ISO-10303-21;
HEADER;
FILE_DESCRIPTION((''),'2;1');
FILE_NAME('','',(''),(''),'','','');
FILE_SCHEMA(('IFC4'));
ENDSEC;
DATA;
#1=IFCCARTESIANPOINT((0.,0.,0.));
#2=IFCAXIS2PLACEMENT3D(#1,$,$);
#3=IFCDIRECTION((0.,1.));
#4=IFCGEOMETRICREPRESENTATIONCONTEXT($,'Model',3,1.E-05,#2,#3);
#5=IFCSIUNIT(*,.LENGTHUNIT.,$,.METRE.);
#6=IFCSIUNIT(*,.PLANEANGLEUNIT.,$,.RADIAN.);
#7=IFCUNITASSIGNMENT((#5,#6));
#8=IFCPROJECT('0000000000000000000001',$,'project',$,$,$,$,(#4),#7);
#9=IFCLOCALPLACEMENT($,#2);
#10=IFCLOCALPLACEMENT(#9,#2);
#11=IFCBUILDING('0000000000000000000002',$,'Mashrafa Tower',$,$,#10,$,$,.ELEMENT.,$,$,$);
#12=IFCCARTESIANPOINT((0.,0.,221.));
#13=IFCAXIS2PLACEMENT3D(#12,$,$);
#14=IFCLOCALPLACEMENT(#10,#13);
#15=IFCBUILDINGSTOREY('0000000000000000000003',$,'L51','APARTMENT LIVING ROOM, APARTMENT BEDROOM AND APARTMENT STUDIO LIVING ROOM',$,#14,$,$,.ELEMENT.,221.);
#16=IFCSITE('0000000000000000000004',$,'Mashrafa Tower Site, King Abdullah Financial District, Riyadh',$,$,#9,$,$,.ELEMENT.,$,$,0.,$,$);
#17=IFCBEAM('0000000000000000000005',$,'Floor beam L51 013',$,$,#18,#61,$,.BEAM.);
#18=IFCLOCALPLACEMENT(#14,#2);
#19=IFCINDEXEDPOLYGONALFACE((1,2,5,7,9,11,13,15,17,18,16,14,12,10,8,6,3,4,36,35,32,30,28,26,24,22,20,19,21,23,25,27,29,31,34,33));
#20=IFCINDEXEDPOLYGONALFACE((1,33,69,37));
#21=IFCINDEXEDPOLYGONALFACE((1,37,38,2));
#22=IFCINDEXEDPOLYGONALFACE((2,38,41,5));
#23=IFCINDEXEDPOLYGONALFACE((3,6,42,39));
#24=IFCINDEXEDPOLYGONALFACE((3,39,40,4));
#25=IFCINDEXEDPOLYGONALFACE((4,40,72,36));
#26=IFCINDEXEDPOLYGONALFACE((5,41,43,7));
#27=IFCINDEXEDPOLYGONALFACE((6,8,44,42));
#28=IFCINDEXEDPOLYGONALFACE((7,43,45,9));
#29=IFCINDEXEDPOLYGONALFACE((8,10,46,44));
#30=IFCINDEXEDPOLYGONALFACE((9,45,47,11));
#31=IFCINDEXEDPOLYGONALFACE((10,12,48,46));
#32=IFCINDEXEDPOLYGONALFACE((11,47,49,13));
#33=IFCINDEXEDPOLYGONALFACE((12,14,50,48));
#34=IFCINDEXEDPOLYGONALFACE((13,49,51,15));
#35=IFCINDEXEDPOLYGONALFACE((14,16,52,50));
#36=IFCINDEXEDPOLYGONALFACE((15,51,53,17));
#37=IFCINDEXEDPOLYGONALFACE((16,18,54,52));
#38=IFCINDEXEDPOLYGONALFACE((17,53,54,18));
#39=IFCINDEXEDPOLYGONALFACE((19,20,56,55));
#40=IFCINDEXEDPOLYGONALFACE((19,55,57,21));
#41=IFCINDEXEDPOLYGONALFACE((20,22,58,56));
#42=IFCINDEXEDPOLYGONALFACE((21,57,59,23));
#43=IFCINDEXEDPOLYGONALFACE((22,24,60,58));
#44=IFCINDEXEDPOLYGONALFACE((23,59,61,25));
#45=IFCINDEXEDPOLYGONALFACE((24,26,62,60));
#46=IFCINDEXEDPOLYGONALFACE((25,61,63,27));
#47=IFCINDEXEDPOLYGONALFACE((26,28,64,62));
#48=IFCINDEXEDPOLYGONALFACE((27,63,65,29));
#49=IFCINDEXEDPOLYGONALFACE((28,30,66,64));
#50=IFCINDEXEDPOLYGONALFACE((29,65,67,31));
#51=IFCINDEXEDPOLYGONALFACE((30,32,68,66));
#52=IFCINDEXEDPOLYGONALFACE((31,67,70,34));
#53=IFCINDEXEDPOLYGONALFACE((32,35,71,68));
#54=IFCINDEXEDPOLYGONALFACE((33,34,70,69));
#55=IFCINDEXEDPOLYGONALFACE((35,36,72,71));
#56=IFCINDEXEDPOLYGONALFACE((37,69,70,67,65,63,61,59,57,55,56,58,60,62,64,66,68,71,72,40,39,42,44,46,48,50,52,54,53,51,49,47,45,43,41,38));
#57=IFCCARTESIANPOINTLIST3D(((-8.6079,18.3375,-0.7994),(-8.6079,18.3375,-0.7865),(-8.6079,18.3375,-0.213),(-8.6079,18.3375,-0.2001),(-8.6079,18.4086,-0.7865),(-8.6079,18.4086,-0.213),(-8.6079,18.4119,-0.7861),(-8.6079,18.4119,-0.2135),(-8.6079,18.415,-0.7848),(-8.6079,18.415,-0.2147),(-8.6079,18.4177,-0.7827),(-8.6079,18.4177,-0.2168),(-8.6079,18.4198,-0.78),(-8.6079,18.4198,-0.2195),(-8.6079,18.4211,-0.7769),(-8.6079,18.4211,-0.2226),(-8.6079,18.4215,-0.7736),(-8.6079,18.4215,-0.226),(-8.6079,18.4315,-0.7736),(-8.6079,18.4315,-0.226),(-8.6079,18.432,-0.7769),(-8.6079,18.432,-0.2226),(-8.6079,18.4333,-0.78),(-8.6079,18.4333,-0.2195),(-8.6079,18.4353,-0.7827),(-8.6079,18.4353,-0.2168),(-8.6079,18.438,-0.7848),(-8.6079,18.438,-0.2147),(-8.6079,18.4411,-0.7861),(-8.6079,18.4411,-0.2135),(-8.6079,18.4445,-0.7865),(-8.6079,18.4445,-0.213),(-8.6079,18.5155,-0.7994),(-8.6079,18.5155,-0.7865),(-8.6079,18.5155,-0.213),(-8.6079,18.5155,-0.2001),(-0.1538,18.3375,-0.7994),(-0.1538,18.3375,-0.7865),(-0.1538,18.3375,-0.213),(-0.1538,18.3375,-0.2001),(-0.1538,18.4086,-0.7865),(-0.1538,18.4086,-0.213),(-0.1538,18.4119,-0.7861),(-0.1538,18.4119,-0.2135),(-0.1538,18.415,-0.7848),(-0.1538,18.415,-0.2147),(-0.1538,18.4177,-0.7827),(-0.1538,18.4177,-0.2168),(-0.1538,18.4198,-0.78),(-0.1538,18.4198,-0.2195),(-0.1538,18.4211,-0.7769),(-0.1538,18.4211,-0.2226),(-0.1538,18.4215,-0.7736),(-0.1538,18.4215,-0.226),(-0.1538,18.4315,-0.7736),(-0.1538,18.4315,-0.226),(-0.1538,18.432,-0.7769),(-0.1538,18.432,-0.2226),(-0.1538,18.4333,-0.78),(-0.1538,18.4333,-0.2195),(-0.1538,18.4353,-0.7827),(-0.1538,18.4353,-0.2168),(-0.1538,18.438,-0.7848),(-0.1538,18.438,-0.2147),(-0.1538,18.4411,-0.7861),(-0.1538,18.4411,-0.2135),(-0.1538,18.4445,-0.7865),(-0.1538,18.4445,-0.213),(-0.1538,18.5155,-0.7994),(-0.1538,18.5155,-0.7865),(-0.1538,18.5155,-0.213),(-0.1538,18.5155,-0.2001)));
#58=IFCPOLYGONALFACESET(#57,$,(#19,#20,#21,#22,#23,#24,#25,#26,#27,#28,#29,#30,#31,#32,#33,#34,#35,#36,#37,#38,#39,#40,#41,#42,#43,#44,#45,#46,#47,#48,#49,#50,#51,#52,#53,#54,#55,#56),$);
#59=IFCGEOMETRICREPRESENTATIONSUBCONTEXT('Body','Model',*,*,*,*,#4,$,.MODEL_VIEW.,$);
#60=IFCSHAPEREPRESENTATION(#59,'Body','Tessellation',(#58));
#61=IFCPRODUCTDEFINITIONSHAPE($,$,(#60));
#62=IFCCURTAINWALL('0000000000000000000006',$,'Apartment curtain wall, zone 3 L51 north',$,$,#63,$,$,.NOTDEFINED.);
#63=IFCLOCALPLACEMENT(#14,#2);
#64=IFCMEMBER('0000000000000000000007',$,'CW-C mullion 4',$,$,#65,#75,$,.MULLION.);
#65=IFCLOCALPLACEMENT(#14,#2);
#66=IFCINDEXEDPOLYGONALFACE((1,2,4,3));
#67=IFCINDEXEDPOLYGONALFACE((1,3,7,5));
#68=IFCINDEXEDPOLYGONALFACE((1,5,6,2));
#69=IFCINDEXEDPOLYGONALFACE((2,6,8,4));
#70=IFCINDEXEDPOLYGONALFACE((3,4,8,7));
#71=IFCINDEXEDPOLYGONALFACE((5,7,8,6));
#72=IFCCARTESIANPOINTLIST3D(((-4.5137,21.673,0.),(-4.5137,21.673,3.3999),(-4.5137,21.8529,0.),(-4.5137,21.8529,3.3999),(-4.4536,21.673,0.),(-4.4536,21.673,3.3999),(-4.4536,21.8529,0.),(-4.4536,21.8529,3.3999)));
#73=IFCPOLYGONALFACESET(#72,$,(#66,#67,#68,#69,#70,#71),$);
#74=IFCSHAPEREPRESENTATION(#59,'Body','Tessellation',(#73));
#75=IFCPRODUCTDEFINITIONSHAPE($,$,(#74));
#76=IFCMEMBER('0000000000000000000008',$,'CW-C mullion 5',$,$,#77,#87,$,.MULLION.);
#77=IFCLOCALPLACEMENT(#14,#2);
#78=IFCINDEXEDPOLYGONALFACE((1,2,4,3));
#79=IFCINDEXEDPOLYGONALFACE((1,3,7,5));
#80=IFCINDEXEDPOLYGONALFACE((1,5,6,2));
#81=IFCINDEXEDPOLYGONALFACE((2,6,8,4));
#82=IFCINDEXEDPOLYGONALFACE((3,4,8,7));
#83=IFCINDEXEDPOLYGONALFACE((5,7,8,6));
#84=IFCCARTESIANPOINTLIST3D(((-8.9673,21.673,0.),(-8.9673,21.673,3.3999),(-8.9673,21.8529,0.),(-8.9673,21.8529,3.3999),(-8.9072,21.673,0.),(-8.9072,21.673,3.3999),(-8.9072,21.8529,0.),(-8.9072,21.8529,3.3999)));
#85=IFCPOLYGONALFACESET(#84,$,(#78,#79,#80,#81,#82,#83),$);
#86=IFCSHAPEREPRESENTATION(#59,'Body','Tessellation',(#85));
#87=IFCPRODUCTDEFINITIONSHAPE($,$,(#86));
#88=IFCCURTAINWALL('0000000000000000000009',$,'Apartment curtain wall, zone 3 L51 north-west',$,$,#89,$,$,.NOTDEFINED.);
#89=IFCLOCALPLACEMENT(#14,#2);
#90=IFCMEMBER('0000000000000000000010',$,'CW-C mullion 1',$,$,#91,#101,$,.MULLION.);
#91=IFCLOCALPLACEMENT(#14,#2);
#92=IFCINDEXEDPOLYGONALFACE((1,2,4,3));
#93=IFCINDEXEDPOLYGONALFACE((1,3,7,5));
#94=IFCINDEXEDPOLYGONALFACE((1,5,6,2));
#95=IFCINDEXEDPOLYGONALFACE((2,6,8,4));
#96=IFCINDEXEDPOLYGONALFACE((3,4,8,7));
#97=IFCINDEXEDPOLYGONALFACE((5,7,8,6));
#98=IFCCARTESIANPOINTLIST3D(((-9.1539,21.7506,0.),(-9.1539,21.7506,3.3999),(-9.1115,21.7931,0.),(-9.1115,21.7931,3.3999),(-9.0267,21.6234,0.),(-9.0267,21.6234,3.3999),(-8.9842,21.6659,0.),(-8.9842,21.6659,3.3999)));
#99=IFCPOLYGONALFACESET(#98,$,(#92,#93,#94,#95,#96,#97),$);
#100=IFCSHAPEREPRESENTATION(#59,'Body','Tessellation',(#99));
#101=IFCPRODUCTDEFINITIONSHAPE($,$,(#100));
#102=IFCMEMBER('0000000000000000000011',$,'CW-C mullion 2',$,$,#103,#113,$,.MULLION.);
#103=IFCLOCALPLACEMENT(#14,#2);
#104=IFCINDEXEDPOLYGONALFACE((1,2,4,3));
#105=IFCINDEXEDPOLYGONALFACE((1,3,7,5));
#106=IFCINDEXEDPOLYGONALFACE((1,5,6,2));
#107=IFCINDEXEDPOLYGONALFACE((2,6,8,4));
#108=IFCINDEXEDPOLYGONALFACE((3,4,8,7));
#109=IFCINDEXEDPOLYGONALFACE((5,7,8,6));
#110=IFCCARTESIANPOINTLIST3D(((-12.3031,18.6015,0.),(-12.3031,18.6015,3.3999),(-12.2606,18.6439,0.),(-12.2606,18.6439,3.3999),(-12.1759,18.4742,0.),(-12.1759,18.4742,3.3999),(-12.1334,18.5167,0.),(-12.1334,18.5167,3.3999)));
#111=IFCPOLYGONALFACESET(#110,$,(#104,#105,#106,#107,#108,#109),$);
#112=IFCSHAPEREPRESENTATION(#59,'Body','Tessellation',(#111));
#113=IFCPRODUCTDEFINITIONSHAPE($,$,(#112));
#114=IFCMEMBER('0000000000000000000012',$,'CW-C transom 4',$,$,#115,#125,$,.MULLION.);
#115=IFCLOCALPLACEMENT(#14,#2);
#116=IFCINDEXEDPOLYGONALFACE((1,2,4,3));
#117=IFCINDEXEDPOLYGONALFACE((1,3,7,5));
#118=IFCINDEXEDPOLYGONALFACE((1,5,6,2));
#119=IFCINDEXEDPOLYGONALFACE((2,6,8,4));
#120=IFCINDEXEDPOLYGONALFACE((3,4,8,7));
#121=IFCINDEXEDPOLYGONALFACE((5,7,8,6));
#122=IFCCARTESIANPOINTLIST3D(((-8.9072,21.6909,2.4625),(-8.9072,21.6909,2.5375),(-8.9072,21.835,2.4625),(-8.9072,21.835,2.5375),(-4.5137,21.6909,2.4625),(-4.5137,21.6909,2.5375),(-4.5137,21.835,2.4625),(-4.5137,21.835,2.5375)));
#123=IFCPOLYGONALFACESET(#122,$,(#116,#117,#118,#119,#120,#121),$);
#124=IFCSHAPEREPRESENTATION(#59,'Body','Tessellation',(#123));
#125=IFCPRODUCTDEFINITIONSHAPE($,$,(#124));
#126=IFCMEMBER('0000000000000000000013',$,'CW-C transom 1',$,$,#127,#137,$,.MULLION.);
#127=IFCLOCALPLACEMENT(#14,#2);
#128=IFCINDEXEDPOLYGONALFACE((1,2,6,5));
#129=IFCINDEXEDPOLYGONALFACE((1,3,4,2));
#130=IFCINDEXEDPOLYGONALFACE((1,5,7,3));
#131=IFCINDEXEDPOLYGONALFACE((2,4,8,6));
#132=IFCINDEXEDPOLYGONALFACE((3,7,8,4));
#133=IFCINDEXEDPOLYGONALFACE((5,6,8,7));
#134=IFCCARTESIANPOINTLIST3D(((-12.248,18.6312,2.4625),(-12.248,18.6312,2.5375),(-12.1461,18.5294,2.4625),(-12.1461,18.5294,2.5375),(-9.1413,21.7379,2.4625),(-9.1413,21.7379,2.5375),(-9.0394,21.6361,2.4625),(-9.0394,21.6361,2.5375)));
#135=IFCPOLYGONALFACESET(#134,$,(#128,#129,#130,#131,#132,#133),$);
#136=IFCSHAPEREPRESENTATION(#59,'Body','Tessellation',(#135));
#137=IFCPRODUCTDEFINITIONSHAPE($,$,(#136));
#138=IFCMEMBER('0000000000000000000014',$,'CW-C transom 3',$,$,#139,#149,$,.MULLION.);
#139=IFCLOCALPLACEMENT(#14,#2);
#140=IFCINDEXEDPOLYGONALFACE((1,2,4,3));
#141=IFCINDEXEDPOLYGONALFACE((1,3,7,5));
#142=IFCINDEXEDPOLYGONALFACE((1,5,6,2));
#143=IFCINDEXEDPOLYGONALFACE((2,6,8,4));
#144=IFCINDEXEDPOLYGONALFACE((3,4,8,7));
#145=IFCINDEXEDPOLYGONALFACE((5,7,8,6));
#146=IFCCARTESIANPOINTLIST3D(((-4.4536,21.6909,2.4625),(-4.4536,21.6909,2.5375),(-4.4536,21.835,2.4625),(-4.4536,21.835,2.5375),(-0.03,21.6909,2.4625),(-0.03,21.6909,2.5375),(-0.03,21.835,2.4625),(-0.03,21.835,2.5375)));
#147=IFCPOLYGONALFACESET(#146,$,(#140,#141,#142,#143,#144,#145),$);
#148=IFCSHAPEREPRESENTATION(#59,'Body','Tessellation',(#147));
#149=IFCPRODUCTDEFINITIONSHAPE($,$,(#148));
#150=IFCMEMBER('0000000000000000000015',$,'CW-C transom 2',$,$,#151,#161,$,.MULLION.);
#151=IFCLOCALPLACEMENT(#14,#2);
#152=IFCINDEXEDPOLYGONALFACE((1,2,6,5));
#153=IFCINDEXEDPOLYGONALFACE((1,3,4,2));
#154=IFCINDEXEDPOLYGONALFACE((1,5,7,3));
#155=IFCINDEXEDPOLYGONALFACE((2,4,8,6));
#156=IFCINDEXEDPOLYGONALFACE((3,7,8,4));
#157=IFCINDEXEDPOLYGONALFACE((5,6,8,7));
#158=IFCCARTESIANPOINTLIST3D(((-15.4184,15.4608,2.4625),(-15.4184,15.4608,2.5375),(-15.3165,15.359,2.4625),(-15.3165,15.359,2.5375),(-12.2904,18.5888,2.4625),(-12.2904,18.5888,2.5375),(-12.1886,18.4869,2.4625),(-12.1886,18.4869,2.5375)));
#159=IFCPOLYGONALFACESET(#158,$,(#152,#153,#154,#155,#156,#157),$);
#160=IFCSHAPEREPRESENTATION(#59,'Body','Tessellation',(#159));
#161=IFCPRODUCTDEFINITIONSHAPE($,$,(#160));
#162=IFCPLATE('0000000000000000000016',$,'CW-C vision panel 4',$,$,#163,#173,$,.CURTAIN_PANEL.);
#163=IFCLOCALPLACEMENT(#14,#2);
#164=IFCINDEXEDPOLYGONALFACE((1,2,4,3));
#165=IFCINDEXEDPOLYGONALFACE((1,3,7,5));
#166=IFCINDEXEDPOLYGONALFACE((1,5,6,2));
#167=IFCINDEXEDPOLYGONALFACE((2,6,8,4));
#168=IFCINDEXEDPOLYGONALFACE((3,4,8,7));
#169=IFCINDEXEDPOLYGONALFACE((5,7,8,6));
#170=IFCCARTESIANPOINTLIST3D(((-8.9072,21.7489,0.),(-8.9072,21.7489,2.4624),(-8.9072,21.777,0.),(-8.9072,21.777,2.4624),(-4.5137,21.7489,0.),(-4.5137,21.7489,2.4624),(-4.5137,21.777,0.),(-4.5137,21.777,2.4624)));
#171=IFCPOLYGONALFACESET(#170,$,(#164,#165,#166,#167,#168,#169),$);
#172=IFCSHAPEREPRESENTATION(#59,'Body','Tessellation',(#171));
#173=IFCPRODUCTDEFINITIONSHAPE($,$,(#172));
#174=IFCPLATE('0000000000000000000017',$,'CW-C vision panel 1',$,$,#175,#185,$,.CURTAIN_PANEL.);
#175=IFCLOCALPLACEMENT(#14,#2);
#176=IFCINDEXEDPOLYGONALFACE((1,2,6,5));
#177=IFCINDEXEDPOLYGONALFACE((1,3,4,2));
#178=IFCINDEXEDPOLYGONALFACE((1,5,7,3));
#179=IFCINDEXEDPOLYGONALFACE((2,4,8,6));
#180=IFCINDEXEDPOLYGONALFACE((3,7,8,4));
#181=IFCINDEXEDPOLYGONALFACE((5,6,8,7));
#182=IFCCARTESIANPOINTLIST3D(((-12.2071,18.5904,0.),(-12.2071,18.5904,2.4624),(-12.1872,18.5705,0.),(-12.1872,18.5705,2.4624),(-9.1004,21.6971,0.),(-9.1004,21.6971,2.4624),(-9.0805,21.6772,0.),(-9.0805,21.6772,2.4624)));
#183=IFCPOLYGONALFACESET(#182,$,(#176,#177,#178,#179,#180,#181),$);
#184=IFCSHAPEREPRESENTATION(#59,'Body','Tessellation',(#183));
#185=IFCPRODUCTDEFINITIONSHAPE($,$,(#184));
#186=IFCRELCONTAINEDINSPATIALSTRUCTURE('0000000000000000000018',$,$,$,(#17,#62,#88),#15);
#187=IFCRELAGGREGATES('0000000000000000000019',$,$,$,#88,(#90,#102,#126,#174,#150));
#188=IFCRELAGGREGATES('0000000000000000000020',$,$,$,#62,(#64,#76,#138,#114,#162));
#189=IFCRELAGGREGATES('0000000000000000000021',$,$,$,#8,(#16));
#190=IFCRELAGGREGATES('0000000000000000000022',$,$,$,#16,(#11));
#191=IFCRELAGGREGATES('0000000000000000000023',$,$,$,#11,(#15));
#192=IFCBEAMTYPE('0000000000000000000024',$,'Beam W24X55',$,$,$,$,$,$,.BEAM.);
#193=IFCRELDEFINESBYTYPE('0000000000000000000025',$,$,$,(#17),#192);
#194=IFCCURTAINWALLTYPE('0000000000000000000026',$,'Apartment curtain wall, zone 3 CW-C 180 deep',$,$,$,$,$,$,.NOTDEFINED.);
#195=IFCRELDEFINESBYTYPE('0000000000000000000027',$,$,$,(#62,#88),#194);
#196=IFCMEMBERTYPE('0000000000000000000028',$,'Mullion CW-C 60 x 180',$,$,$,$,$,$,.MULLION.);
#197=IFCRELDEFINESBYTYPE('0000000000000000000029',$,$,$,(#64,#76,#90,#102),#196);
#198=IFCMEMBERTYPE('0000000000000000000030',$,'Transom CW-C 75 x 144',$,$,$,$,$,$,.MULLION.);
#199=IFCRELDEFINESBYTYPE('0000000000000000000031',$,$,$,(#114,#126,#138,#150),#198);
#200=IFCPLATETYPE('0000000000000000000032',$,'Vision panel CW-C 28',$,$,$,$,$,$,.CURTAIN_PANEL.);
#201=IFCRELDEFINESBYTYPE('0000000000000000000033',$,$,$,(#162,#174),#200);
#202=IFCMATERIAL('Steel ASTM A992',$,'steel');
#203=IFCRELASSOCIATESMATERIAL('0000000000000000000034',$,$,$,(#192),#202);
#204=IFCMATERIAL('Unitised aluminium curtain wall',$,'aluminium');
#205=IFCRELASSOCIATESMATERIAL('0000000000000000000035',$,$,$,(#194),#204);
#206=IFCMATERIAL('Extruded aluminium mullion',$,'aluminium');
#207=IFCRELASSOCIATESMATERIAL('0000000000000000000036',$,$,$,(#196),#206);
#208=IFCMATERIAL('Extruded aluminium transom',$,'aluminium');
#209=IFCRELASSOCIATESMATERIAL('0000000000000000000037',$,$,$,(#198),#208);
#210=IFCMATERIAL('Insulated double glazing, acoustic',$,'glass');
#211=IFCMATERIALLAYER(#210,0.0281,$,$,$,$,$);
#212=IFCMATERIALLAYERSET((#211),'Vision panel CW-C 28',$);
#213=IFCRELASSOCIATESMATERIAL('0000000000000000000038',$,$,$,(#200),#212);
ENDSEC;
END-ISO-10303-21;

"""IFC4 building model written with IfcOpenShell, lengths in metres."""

from ifc_helpers import new_model, si_unit, direction, frame, origin, origin_2d, place, context, subcontext, project, spatial, rectangle, i_section, extrude, source, transform, mapped, material, layer, layer_set, material_profile, profile_set, type_object, type_shapes, element, aggregate, save


model = new_model("IFC4")

# Units and contexts
model_context = context("Model", 3, precision=1e-05, world=origin(), true_north=direction((0.0, 1.0)))
body_context = subcontext(model_context, "Body", "Model", "MODEL_VIEW")
ifc_project = project(units=[si_unit("LENGTHUNIT", "METRE"), si_unit("PLANEANGLEUNIT", "RADIAN")], contexts=[model_context])

# Site, building, storey
site_placement = place(None, origin())
site = spatial("IfcSite", under=ifc_project, at=site_placement, Name="Mashrafa Tower Site, King Abdullah Financial District, Riyadh", CompositionType="ELEMENT", RefElevation=0.0)
building_placement = place(site_placement, origin())
building = spatial("IfcBuilding", under=site, at=building_placement, Name="Mashrafa Tower", CompositionType="ELEMENT")
storey_placement = place(building_placement, frame((0.0, 0.0, 221.0)))
storey = spatial("IfcBuildingStorey", under=building, at=storey_placement, Name="L51", Description="APARTMENT LIVING ROOM, APARTMENT BEDROOM AND APARTMENT STUDIO LIVING ROOM", CompositionType="ELEMENT", Elevation=221.0)

# Beam
ifc_material_1 = material(Name="Steel ASTM A992", Category="steel")
ifc_material_profile_1 = material_profile(ifc_material_1, i_section(OverallWidth=0.178, OverallDepth=0.5994, WebThickness=0.01, FlangeThickness=0.0129, FilletRadius=0.0129, at=origin_2d()), Name="W24X55")
ifc_profile_set_1 = profile_set([ifc_material_profile_1], Name="Steel ASTM A992")
beam_type_1 = type_object("IfcBeamType", Name="Beam W24X55", PredefinedType="BEAM", material=ifc_profile_set_1)
beam_1_placement = place(storey_placement, frame((-8.6079, 18.4265, -0.4998), z_axis=(1.0, 0.0, 0.0), x_axis=(0.0, 1.0, 0.0)))
element("IfcBeam", 1, at=beam_1_placement, inside=storey, type_object=beam_type_1, Name="Floor beam L51 013", PredefinedType="BEAM", context=body_context, shape_type="SweptSolid", body=[
    extrude(i_section(OverallWidth=0.178, OverallDepth=0.5994, WebThickness=0.01, FlangeThickness=0.0129, FilletRadius=0.0129, at=origin_2d()), origin(), (0.0, 0.0, 1.0), 8.4541),
])

# Curtain walls, members
ifc_material_2 = material(Name="Unitised aluminium curtain wall", Category="aluminium")
curtain_wall_type = type_object("IfcCurtainWallType", Name="Apartment curtain wall, zone 3 CW-C 180 deep", PredefinedType="NOTDEFINED", material=ifc_material_2)
curtain_wall_1_placement = place(storey_placement, origin())
curtain_wall_1 = element("IfcCurtainWall", 2, at=curtain_wall_1_placement, inside=storey, type_object=curtain_wall_type, Name="Apartment curtain wall, zone 3 L51 north", PredefinedType="NOTDEFINED")
ifc_material_3 = material(Name="Extruded aluminium mullion", Category="aluminium")
ifc_material_profile_2 = material_profile(ifc_material_3, rectangle(XDim=0.1799, YDim=0.0601, at=origin_2d()), Name="Mullion 60x180")
ifc_profile_set_2 = profile_set([ifc_material_profile_2], Name="Extruded aluminium mullion")
member_type_1 = type_object("IfcMemberType", Name="Mullion CW-C 60 x 180", PredefinedType="MULLION", material=ifc_profile_set_2)
shared_shape_1 = source(origin(), body_context, "Body", "SweptSolid", [
    extrude(rectangle(XDim=0.1799, YDim=0.0601, at=origin_2d()), origin(), (0.0, 0.0, 1.0), 3.3999),
])
type_shapes(member_type_1, [shared_shape_1])
member_1_placement = place(storey_placement, frame((-4.4836, 21.7629, 0.0), z_axis=(0.0, 0.0, 1.0), x_axis=(0.0, -1.0, 0.0)))
member_1 = element("IfcMember", 3, at=member_1_placement, type_object=member_type_1, Name="CW-C mullion 4", PredefinedType="MULLION", context=body_context, shape_type="MappedRepresentation", body=[
    mapped(shared_shape_1, transform((0.0, 0.0, 0.0))),
])
member_2_placement = place(storey_placement, frame((-8.9373, 21.7629, 0.0), z_axis=(0.0, 0.0, 1.0), x_axis=(0.0, -1.0, 0.0)))
member_2 = element("IfcMember", 4, at=member_2_placement, type_object=member_type_1, Name="CW-C mullion 5", PredefinedType="MULLION", context=body_context, shape_type="MappedRepresentation", body=[
    mapped(shared_shape_1, transform((0.0, 0.0, 0.0))),
])
curtain_wall_2_placement = place(storey_placement, origin())
curtain_wall_2 = element("IfcCurtainWall", 5, at=curtain_wall_2_placement, inside=storey, type_object=curtain_wall_type, Name="Apartment curtain wall, zone 3 L51 north-west", PredefinedType="NOTDEFINED")
member_3_placement = place(storey_placement, frame((-9.0691, 21.7083, 0.0), z_axis=(0.0, 0.0, 1.0), x_axis=(0.707107, -0.707107, 0.0)))
member_3 = element("IfcMember", 6, at=member_3_placement, type_object=member_type_1, Name="CW-C mullion 1", PredefinedType="MULLION", context=body_context, shape_type="MappedRepresentation", body=[
    mapped(shared_shape_1, transform((0.0, 0.0, 0.0))),
])
member_4_placement = place(storey_placement, frame((-12.2183, 18.5591, 0.0), z_axis=(0.0, 0.0, 1.0), x_axis=(0.707107, -0.707107, 0.0)))
member_4 = element("IfcMember", 7, at=member_4_placement, type_object=member_type_1, Name="CW-C mullion 2", PredefinedType="MULLION", context=body_context, shape_type="MappedRepresentation", body=[
    mapped(shared_shape_1, transform((0.0, 0.0, 0.0))),
])

# Members
ifc_material_4 = material(Name="Extruded aluminium transom", Category="aluminium")
ifc_material_profile_3 = material_profile(ifc_material_4, rectangle(XDim=0.144, YDim=0.075, at=origin_2d()), Name="Transom 75x144")
ifc_profile_set_3 = profile_set([ifc_material_profile_3], Name="Extruded aluminium transom")
member_type_2 = type_object("IfcMemberType", Name="Transom CW-C 75 x 144", PredefinedType="MULLION", material=ifc_profile_set_3)
shared_shape_2 = source(origin(), body_context, "Body", "SweptSolid", [
    extrude(rectangle(XDim=0.144, YDim=0.075, at=origin_2d()), origin(), (0.0, 0.0, 1.0), 4.3936),
])
member_5_placement = place(storey_placement, frame((-4.5137, 21.7629, 2.5), z_axis=(-1.0, 0.0, 0.0), x_axis=(0.0, -1.0, 0.0)))
member_5 = element("IfcMember", 8, at=member_5_placement, type_object=member_type_2, Name="CW-C transom 4", PredefinedType="MULLION", context=body_context, shape_type="MappedRepresentation", body=[
    mapped(shared_shape_2, transform((0.0, 0.0, 0.0))),
])
member_6_placement = place(storey_placement, frame((-9.0903, 21.687, 2.5), z_axis=(-0.707107, -0.707107, 0.0), x_axis=(0.707107, -0.707107, 0.0)))
member_6 = element("IfcMember", 9, at=member_6_placement, type_object=member_type_2, Name="CW-C transom 1", PredefinedType="MULLION", context=body_context, shape_type="MappedRepresentation", body=[
    mapped(shared_shape_2, transform((0.0, 0.0, 0.0))),
])
shared_shape_3 = source(origin(), body_context, "Body", "SweptSolid", [
    extrude(rectangle(XDim=0.144, YDim=0.075, at=origin_2d()), origin(), (0.0, 0.0, 1.0), 4.4236),
])
type_shapes(member_type_2, [shared_shape_2, shared_shape_3])
member_7_placement = place(storey_placement, frame((-0.03, 21.7629, 2.5), z_axis=(-1.0, 0.0, 0.0), x_axis=(0.0, -1.0, 0.0)))
member_7 = element("IfcMember", 10, at=member_7_placement, type_object=member_type_2, Name="CW-C transom 3", PredefinedType="MULLION", context=body_context, shape_type="MappedRepresentation", body=[
    mapped(shared_shape_3, transform((0.0, 0.0, 0.0))),
])
member_8_placement = place(storey_placement, frame((-12.2395, 18.5378, 2.5), z_axis=(-0.707107, -0.707107, 0.0), x_axis=(0.707107, -0.707107, 0.0)))
member_8 = element("IfcMember", 11, at=member_8_placement, type_object=member_type_2, Name="CW-C transom 2", PredefinedType="MULLION", context=body_context, shape_type="MappedRepresentation", body=[
    mapped(shared_shape_3, transform((0.0, 0.0, 0.0))),
])

# Plates
ifc_material_5 = material(Name="Insulated double glazing, acoustic", Category="glass")
ifc_layer_1 = layer(ifc_material_5, 0.0281)
ifc_layer_set_1 = layer_set([ifc_layer_1], Name="Vision panel CW-C 28")
plate_type_1 = type_object("IfcPlateType", Name="Vision panel CW-C 28", PredefinedType="CURTAIN_PANEL", material=ifc_layer_set_1)
shared_shape_4 = source(origin(), body_context, "Body", "SweptSolid", [
    extrude(rectangle(XDim=4.3936, YDim=0.0281, at=origin_2d()), origin(), (0.0, 0.0, 1.0), 2.4624),
])
plate_1_placement = place(storey_placement, frame((-6.7104, 21.7629, 0.0), z_axis=(0.0, 0.0, 1.0), x_axis=(-1.0, 0.0, 0.0)))
plate_1 = element("IfcPlate", 12, at=plate_1_placement, type_object=plate_type_1, Name="CW-C vision panel 4", PredefinedType="CURTAIN_PANEL", context=body_context, shape_type="MappedRepresentation", body=[
    mapped(shared_shape_4, transform((0.0, 0.0, 0.0))),
])
plate_2_placement = place(storey_placement, frame((-10.6438, 20.1338, 0.0), z_axis=(0.0, 0.0, 1.0), x_axis=(-0.707107, -0.707107, 0.0)))
plate_2 = element("IfcPlate", 13, at=plate_2_placement, type_object=plate_type_1, Name="CW-C vision panel 1", PredefinedType="CURTAIN_PANEL", context=body_context, shape_type="MappedRepresentation", body=[
    mapped(shared_shape_4, transform((0.0, 0.0, 0.0))),
])
aggregate(curtain_wall_2, [member_3, member_4, member_6, plate_2, member_8])
aggregate(curtain_wall_1, [member_1, member_2, member_7, member_5, plate_1])

save(model, "model.ifc")
